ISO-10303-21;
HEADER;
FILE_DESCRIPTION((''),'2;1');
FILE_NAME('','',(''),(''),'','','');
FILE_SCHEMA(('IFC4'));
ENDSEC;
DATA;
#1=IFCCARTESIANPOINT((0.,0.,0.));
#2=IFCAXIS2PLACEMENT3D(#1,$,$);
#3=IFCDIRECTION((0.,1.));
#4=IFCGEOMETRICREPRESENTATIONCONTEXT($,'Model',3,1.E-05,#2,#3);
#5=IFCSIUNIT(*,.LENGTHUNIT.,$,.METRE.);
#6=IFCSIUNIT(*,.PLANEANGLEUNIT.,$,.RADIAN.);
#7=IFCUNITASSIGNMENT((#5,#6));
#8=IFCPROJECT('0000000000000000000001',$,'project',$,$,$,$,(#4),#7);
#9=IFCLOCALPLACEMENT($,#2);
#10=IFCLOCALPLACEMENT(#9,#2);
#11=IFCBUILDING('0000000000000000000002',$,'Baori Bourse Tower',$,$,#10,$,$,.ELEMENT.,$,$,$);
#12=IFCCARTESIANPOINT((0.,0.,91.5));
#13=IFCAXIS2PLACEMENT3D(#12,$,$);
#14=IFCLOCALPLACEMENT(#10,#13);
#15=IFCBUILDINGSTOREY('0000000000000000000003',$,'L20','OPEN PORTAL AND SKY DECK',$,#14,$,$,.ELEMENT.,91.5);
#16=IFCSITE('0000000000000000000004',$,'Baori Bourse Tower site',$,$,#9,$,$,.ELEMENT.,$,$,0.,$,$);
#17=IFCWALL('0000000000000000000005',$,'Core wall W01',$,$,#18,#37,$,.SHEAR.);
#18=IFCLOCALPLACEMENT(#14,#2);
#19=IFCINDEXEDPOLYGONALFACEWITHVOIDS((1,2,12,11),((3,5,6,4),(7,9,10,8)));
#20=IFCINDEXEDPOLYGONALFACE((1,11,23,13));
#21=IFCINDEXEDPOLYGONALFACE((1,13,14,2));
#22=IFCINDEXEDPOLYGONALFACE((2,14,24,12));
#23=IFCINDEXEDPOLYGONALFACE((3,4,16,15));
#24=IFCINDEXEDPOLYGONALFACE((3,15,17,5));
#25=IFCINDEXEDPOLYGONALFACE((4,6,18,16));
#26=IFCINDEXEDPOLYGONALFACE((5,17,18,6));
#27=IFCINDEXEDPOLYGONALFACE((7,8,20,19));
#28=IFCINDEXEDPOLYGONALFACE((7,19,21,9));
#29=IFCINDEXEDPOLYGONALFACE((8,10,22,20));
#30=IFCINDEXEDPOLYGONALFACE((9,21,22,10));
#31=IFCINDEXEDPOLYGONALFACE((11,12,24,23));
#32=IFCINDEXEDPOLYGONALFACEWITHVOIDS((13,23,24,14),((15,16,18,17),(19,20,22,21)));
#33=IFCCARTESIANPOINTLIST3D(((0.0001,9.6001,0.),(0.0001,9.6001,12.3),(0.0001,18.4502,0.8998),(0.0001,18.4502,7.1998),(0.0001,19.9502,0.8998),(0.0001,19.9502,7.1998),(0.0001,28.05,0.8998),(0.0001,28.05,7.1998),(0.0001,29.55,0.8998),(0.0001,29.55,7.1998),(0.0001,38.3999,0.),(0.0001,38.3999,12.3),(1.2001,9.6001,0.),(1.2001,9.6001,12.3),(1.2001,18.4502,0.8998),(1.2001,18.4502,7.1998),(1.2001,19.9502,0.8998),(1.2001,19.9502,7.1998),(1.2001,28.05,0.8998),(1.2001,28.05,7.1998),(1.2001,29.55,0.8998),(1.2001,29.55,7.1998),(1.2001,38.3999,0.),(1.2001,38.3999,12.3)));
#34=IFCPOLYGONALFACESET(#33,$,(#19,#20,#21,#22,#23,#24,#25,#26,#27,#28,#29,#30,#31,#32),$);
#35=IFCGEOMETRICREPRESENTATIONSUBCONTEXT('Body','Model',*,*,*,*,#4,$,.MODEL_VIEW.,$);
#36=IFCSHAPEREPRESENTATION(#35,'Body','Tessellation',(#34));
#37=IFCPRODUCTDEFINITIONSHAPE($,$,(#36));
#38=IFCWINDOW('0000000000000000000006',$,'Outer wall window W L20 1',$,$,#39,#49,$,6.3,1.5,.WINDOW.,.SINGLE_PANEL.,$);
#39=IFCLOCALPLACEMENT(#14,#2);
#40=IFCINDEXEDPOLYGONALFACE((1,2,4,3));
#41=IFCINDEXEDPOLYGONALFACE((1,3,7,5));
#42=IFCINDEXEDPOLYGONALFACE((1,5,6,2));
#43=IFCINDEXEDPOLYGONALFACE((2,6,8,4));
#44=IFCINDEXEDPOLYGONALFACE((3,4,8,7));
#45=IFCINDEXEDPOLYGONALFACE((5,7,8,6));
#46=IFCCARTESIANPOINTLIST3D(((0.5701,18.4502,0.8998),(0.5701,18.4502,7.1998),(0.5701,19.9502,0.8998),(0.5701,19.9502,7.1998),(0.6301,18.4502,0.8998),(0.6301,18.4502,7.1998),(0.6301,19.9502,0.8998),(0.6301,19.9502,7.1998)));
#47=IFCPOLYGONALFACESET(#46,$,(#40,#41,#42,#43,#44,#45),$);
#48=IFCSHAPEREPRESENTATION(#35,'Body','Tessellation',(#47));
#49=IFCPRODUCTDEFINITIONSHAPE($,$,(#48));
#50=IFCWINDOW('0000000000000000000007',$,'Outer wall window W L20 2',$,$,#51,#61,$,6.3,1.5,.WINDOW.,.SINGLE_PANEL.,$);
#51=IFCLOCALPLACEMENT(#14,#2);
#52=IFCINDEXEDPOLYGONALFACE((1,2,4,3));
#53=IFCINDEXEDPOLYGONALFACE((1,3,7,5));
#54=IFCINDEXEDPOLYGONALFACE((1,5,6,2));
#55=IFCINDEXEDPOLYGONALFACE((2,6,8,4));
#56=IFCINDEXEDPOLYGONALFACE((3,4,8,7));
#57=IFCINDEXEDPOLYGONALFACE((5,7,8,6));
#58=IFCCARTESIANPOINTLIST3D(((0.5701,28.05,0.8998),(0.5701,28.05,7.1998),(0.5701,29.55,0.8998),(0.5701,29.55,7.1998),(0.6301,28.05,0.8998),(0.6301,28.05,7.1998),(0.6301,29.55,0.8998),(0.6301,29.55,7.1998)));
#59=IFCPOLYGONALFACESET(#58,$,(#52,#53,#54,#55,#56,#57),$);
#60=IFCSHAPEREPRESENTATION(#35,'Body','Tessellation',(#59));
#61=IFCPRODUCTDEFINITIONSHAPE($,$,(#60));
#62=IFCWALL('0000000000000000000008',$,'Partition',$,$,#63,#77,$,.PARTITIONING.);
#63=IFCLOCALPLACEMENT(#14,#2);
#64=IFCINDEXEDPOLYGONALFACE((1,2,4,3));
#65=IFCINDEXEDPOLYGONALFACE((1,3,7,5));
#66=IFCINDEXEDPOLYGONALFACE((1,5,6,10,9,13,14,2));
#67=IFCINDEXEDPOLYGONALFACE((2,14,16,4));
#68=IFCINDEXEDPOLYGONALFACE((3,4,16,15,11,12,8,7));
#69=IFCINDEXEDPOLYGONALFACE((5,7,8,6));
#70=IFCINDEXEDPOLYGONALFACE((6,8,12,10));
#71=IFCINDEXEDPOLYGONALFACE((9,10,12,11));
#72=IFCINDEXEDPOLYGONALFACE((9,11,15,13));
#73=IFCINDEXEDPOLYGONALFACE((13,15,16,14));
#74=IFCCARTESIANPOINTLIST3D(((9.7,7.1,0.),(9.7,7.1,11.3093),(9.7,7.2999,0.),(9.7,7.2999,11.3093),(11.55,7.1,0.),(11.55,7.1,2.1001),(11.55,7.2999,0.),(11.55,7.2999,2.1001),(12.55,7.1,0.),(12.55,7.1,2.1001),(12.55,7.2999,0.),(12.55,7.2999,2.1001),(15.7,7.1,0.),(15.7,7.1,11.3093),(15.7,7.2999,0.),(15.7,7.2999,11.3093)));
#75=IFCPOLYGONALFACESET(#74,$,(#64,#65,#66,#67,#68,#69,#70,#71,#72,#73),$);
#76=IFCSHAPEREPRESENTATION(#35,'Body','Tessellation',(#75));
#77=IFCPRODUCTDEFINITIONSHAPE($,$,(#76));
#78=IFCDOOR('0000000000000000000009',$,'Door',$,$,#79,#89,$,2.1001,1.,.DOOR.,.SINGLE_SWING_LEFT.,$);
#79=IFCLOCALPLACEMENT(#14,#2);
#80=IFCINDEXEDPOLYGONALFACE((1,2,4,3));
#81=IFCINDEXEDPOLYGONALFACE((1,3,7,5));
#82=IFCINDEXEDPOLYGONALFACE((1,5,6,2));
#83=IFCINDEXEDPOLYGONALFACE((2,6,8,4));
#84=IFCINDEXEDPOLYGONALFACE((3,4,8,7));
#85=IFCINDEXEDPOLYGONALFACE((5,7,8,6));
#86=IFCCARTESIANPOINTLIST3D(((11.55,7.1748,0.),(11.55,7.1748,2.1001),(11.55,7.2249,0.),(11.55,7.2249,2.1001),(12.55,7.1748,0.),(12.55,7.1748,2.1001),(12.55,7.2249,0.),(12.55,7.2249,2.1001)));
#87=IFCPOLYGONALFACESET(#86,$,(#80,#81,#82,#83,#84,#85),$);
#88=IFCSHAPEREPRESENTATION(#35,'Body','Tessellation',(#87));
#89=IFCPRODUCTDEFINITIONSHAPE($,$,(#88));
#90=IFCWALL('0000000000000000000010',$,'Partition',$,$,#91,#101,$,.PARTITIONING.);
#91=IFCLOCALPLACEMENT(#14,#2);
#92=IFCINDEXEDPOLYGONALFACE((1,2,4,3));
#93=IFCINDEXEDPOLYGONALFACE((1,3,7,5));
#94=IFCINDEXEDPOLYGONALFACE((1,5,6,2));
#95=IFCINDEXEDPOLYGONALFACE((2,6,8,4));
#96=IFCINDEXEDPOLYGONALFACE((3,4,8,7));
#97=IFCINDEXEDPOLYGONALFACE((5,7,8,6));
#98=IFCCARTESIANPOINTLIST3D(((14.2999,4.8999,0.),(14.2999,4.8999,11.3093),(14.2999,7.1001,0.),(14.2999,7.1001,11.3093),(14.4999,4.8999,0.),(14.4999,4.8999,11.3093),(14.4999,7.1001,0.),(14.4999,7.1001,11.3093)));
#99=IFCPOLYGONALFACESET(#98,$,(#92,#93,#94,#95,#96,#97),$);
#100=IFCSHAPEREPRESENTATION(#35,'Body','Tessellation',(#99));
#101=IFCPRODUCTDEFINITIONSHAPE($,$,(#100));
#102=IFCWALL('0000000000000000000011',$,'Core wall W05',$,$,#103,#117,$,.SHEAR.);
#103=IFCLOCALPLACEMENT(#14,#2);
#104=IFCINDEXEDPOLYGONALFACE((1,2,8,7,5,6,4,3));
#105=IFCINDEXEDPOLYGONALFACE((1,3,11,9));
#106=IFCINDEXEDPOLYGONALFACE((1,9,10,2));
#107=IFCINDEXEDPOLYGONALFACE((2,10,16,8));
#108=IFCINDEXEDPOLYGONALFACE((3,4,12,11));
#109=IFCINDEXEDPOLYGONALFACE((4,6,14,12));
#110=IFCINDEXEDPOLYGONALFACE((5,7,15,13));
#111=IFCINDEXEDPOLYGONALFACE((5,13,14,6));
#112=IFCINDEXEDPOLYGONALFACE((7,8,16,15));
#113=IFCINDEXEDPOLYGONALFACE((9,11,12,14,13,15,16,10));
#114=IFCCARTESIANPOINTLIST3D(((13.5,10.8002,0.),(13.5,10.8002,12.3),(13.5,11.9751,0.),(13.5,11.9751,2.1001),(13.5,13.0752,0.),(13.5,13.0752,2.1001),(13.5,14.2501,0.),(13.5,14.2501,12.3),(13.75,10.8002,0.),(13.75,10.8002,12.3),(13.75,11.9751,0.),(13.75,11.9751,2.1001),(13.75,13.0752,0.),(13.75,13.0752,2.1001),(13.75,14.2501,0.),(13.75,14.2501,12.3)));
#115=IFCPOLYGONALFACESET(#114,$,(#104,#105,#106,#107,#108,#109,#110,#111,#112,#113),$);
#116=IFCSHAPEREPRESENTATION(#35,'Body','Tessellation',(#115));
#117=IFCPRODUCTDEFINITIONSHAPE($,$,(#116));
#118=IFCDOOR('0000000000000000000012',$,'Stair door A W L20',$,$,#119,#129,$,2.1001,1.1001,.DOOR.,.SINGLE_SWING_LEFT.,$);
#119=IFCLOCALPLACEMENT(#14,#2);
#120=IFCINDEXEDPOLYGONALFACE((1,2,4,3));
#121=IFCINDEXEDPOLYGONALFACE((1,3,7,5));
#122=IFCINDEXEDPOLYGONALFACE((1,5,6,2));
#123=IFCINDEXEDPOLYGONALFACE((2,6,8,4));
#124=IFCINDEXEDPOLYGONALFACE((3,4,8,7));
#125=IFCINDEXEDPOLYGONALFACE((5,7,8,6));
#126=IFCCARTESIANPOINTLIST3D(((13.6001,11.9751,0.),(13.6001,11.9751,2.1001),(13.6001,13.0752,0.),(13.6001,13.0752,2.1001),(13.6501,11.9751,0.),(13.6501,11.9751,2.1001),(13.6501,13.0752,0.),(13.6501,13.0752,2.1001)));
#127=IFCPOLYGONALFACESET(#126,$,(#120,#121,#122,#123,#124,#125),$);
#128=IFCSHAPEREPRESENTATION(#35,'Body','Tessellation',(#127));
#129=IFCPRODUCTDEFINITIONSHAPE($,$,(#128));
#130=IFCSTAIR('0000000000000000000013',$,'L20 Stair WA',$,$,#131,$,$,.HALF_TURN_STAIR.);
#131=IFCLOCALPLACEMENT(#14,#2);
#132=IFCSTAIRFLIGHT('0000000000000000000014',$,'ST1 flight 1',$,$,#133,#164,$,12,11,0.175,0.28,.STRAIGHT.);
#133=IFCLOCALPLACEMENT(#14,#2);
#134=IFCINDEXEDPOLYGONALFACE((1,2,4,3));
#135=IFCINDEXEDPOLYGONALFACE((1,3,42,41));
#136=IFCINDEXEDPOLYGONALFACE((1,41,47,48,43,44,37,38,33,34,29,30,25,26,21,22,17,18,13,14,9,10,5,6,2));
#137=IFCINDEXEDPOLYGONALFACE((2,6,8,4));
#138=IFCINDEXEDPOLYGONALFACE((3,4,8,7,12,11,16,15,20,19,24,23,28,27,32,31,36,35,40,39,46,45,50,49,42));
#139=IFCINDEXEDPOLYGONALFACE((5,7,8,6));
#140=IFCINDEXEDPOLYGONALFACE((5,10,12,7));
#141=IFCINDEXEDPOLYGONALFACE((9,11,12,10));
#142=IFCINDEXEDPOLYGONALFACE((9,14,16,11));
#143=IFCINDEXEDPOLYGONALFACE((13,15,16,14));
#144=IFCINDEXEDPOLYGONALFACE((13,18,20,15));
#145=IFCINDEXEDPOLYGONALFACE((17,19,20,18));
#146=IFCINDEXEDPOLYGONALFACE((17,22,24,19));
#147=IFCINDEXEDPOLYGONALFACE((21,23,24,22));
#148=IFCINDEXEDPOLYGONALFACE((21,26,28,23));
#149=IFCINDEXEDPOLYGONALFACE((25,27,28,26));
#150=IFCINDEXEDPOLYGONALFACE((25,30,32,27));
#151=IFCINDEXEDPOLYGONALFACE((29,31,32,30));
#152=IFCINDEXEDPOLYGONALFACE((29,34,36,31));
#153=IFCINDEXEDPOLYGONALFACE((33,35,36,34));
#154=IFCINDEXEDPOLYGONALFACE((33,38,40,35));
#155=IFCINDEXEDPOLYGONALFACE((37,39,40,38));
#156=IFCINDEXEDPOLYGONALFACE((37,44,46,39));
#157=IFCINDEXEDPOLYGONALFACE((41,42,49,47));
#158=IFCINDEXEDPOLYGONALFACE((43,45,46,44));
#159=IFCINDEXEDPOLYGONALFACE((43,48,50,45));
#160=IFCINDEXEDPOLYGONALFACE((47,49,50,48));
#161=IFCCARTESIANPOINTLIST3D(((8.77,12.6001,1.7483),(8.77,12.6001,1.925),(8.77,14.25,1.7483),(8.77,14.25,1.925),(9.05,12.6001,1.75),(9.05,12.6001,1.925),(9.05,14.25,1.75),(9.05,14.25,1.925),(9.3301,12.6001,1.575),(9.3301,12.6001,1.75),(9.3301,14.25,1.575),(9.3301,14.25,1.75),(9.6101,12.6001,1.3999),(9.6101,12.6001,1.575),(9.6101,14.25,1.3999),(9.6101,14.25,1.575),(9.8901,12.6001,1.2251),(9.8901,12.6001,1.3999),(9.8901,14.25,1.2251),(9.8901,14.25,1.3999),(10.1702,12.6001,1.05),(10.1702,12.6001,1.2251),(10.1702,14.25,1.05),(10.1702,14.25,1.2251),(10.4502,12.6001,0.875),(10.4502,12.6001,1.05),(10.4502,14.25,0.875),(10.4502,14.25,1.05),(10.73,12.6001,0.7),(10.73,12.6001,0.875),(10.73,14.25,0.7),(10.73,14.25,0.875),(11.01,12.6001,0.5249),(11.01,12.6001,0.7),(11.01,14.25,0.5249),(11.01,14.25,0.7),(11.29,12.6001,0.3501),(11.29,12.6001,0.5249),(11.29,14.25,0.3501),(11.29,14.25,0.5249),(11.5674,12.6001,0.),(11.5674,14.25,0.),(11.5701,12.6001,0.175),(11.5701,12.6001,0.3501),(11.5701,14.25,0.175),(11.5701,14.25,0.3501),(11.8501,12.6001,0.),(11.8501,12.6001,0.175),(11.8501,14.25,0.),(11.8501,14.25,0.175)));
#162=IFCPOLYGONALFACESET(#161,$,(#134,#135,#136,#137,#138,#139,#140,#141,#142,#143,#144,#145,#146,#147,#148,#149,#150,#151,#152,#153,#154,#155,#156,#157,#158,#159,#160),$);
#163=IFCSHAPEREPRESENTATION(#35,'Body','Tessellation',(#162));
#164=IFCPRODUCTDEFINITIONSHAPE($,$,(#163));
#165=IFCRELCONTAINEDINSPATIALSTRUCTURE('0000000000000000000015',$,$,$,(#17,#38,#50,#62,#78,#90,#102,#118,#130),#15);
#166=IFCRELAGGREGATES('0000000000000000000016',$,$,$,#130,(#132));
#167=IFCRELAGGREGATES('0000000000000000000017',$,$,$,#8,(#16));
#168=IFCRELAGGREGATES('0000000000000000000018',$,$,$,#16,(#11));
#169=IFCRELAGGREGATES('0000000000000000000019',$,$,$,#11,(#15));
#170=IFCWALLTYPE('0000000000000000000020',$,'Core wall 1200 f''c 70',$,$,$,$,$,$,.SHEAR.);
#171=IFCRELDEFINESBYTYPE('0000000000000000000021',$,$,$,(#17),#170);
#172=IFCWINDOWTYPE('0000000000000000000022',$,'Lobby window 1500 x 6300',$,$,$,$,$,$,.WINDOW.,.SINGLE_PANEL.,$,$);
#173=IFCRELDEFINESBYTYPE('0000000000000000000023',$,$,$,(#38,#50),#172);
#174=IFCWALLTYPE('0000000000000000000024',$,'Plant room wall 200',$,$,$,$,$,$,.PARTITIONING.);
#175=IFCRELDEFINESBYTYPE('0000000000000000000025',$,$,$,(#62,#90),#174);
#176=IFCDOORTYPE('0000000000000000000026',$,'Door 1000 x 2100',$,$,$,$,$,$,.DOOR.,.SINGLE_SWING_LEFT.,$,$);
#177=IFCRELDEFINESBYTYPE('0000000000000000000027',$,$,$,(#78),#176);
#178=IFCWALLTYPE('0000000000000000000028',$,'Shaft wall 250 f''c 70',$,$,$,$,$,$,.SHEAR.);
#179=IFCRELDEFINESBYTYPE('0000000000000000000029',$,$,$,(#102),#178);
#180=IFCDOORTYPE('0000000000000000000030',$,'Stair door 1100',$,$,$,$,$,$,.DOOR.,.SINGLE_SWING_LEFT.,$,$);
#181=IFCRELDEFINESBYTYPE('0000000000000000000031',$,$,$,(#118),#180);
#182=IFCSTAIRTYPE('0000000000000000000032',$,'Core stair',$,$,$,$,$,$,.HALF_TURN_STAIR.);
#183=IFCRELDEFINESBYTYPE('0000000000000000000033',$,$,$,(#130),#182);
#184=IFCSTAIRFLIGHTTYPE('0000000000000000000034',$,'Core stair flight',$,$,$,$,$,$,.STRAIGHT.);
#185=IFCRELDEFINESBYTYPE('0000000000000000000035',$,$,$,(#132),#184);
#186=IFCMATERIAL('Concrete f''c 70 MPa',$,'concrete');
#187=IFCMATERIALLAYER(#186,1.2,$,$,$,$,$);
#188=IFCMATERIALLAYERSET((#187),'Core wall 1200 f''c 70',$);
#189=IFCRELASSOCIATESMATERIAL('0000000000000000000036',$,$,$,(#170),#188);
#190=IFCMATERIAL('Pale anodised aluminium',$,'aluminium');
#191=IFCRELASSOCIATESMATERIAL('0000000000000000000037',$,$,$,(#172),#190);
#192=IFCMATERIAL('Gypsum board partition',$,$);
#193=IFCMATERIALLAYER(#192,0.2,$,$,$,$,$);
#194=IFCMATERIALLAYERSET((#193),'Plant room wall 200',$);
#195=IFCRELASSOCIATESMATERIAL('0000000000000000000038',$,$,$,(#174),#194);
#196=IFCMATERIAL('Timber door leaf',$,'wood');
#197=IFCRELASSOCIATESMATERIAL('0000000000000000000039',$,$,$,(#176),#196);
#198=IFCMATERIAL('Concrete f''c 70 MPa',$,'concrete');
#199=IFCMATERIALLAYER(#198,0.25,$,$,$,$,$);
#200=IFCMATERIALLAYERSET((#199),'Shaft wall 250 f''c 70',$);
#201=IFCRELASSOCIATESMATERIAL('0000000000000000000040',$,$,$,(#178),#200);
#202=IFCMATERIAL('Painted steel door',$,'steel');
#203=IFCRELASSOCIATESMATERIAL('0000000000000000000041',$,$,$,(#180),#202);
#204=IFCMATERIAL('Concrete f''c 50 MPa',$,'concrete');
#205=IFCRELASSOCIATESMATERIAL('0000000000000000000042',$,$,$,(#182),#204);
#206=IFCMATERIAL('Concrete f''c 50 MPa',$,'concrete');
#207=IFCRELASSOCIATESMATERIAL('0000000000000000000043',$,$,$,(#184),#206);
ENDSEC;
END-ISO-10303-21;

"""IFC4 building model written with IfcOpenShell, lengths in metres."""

from ifc_helpers import new_model, si_unit, direction, frame, frame_2d, origin, place, context, subcontext, project, spatial, polyline, rectangle, outline, extrude, material, layer, layer_set, type_object, element, fill, aggregate, save


model = new_model("IFC4")

# Units and contexts
model_context = context("Model", 3, precision=1e-05, world=origin(), true_north=direction((0.0, 1.0)))
body_context = subcontext(model_context, "Body", "Model", "MODEL_VIEW")
ifc_project = project(units=[si_unit("LENGTHUNIT", "METRE"), si_unit("PLANEANGLEUNIT", "RADIAN")], contexts=[model_context])

# Site, building, storey
site_placement = place(None, origin())
site = spatial("IfcSite", under=ifc_project, at=site_placement, Name="Baori Bourse Tower site", CompositionType="ELEMENT", RefElevation=0.0)
building_placement = place(site_placement, origin())
building = spatial("IfcBuilding", under=site, at=building_placement, Name="Baori Bourse Tower", CompositionType="ELEMENT")
storey_placement = place(building_placement, frame((0.0, 0.0, 91.5)))
storey = spatial("IfcBuildingStorey", under=building, at=storey_placement, Name="L20", Description="OPEN PORTAL AND SKY DECK", CompositionType="ELEMENT", Elevation=91.5)

# Wall, openings, windows
ifc_material_1 = material(Name="Concrete f'c 70 MPa", Category="concrete")
ifc_layer_1 = layer(ifc_material_1, 1.2)
ifc_layer_set_1 = layer_set([ifc_layer_1], Name="Core wall 1200 f'c 70")
wall_type_1 = type_object("IfcWallType", Name="Core wall 1200 f'c 70", PredefinedType="SHEAR", material=ifc_layer_set_1)
wall_1_placement = place(storey_placement, frame((0.6001, 9.6001, 0.0), z_axis=(0.0, 0.0, 1.0), x_axis=(0.0, 1.0, 0.0)))
wall_1 = element("IfcWall", 1, at=wall_1_placement, inside=storey, type_object=wall_type_1, Name="Core wall W01", PredefinedType="SHEAR", context=body_context, shape_type="SweptSolid", body=[
    extrude(rectangle(XDim=28.7998, YDim=1.2, at=frame_2d((14.3999, 0.0))), origin(), (0.0, 0.0, 1.0), 12.3),
])
opening_1_placement = place(wall_1_placement, frame((8.8501, 0.0, 0.8999)))
opening_1 = element("IfcOpeningElement", 2, at=opening_1_placement, cuts=wall_1, PredefinedType="OPENING", context=body_context, shape_type="SweptSolid", body=[
    extrude(rectangle(XDim=1.5, YDim=6.3, at=frame_2d((0.75, 3.1499))), frame((0.0, 0.6099, 0.0), z_axis=(0.0, -1.0, 0.0), x_axis=(1.0, 0.0, 0.0)), (0.0, 0.0, 1.0), 1.22),
])
opening_2_placement = place(wall_1_placement, frame((18.45, 0.0, 0.8999)))
opening_2 = element("IfcOpeningElement", 3, at=opening_2_placement, cuts=wall_1, PredefinedType="OPENING", context=body_context, shape_type="SweptSolid", body=[
    extrude(rectangle(XDim=1.5, YDim=6.3, at=frame_2d((0.75, 3.1499))), frame((0.0, 0.6099, 0.0), z_axis=(0.0, -1.0, 0.0), x_axis=(1.0, 0.0, 0.0)), (0.0, 0.0, 1.0), 1.22),
])
ifc_material_2 = material(Name="Pale anodised aluminium", Category="aluminium")
window_type = type_object("IfcWindowType", Name="Lobby window 1500 x 6300", PartitioningType="SINGLE_PANEL", PredefinedType="WINDOW", material=ifc_material_2)
window_1_placement = place(opening_1_placement, origin())
window_1 = element("IfcWindow", 4, at=window_1_placement, inside=storey, type_object=window_type, Name="Outer wall window W L20 1", OverallHeight=6.3, OverallWidth=1.5, PartitioningType="SINGLE_PANEL", PredefinedType="WINDOW", context=body_context, shape_type="SweptSolid", body=[
    extrude(rectangle(XDim=1.5, YDim=6.3, at=frame_2d((0.75, 3.1499))), frame((0.0, 0.03, 0.0), z_axis=(0.0, -1.0, 0.0), x_axis=(1.0, 0.0, 0.0)), (0.0, 0.0, 1.0), 0.0601),
])
fill(opening_1, window_1)
window_2_placement = place(opening_2_placement, origin())
window_2 = element("IfcWindow", 5, at=window_2_placement, inside=storey, type_object=window_type, Name="Outer wall window W L20 2", OverallHeight=6.3, OverallWidth=1.5, PartitioningType="SINGLE_PANEL", PredefinedType="WINDOW", context=body_context, shape_type="SweptSolid", body=[
    extrude(rectangle(XDim=1.5, YDim=6.3, at=frame_2d((0.75, 3.1499))), frame((0.0, 0.03, 0.0), z_axis=(0.0, -1.0, 0.0), x_axis=(1.0, 0.0, 0.0)), (0.0, 0.0, 1.0), 0.0601),
])
fill(opening_2, window_2)

# Wall, opening, door
ifc_material_3 = material(Name="Gypsum board partition")
ifc_layer_2 = layer(ifc_material_3, 0.2)
ifc_layer_set_2 = layer_set([ifc_layer_2], Name="Plant room wall 200")
wall_type_2 = type_object("IfcWallType", Name="Plant room wall 200", PredefinedType="PARTITIONING", material=ifc_layer_set_2)
wall_2_placement = place(storey_placement, frame((9.7, 7.2, 0.0), z_axis=(0.0, 0.0, 1.0), x_axis=(1.0, 0.0, 0.0)))
wall_2 = element("IfcWall", 6, at=wall_2_placement, inside=storey, type_object=wall_type_2, Name="Partition", PredefinedType="PARTITIONING", context=body_context, shape_type="SweptSolid", body=[
    extrude(rectangle(XDim=6.0, YDim=0.2, at=frame_2d((3.0, 0.0))), origin(), (0.0, 0.0, 1.0), 11.3093),
])
opening_3_placement = place(wall_2_placement, frame((1.8501, 0.0, 0.0)))
opening_3 = element("IfcOpeningElement", 7, at=opening_3_placement, cuts=wall_2, PredefinedType="OPENING", context=body_context, shape_type="SweptSolid", body=[
    extrude(rectangle(XDim=1.0, YDim=2.1001, at=frame_2d((0.5, 1.05))), frame((0.0, 0.1099, 0.0), z_axis=(0.0, -1.0, 0.0), x_axis=(1.0, 0.0, 0.0)), (0.0, 0.0, 1.0), 0.22),
])
ifc_material_4 = material(Name="Timber door leaf", Category="wood")
door_type_1 = type_object("IfcDoorType", Name="Door 1000 x 2100", OperationType="SINGLE_SWING_LEFT", PredefinedType="DOOR", material=ifc_material_4)
door_1_placement = place(opening_3_placement, origin())
door_1 = element("IfcDoor", 8, at=door_1_placement, inside=storey, type_object=door_type_1, Name="Door", OperationType="SINGLE_SWING_LEFT", OverallHeight=2.1001, OverallWidth=1.0, PredefinedType="DOOR", context=body_context, shape_type="SweptSolid", body=[
    extrude(rectangle(XDim=1.0, YDim=2.1001, at=frame_2d((0.5, 1.05))), frame((0.0, 0.0249, 0.0), z_axis=(0.0, -1.0, 0.0), x_axis=(1.0, 0.0, 0.0)), (0.0, 0.0, 1.0), 0.05),
])
fill(opening_3, door_1)

# Wall
wall_3_placement = place(storey_placement, frame((14.3999, 4.8999, 0.0), z_axis=(0.0, 0.0, 1.0), x_axis=(0.0, 1.0, 0.0)))
element("IfcWall", 9, at=wall_3_placement, inside=storey, type_object=wall_type_2, Name="Partition", PredefinedType="PARTITIONING", context=body_context, shape_type="SweptSolid", body=[
    extrude(rectangle(XDim=2.2002, YDim=0.2, at=frame_2d((1.1001, 0.0))), origin(), (0.0, 0.0, 1.0), 11.3093),
])

# Wall, opening, door
ifc_material_5 = material(Name="Concrete f'c 70 MPa", Category="concrete")
ifc_layer_3 = layer(ifc_material_5, 0.25)
ifc_layer_set_3 = layer_set([ifc_layer_3], Name="Shaft wall 250 f'c 70")
wall_type_3 = type_object("IfcWallType", Name="Shaft wall 250 f'c 70", PredefinedType="SHEAR", material=ifc_layer_set_3)
wall_4_placement = place(storey_placement, frame((13.625, 10.8, 0.0), z_axis=(0.0, 0.0, 1.0), x_axis=(0.0, 1.0, 0.0)))
wall_4 = element("IfcWall", 10, at=wall_4_placement, inside=storey, type_object=wall_type_3, Name="Core wall W05", PredefinedType="SHEAR", context=body_context, shape_type="SweptSolid", body=[
    extrude(rectangle(XDim=3.45, YDim=0.25, at=frame_2d((1.7251, 0.0))), origin(), (0.0, 0.0, 1.0), 12.3),
])
opening_4_placement = place(wall_4_placement, frame((1.175, 0.0, 0.0)))
opening_4 = element("IfcOpeningElement", 11, at=opening_4_placement, cuts=wall_4, PredefinedType="OPENING", context=body_context, shape_type="SweptSolid", body=[
    extrude(rectangle(XDim=1.1001, YDim=2.1001, at=frame_2d((0.55, 1.05))), frame((0.0, 0.135, 0.0), z_axis=(0.0, -1.0, 0.0), x_axis=(1.0, 0.0, 0.0)), (0.0, 0.0, 1.0), 0.27),
])
ifc_material_6 = material(Name="Painted steel door", Category="steel")
door_type_2 = type_object("IfcDoorType", Name="Stair door 1100", OperationType="SINGLE_SWING_LEFT", PredefinedType="DOOR", material=ifc_material_6)
door_2_placement = place(opening_4_placement, origin())
door_2 = element("IfcDoor", 12, at=door_2_placement, inside=storey, type_object=door_type_2, Name="Stair door A W L20", OperationType="SINGLE_SWING_LEFT", OverallHeight=2.1001, OverallWidth=1.1001, PredefinedType="DOOR", context=body_context, shape_type="SweptSolid", body=[
    extrude(rectangle(XDim=1.1001, YDim=2.1001, at=frame_2d((0.55, 1.05))), frame((0.0, 0.0249, 0.0), z_axis=(0.0, -1.0, 0.0), x_axis=(1.0, 0.0, 0.0)), (0.0, 0.0, 1.0), 0.05),
])
fill(opening_4, door_2)

# Stair, stair flight
ifc_material_7 = material(Name="Concrete f'c 50 MPa", Category="concrete")
stair_type = type_object("IfcStairType", Name="Core stair", PredefinedType="HALF_TURN_STAIR", material=ifc_material_7)
stair_placement = place(storey_placement, origin())
stair = element("IfcStair", 13, at=stair_placement, inside=storey, type_object=stair_type, Name="L20 Stair WA", PredefinedType="HALF_TURN_STAIR")
ifc_material_8 = material(Name="Concrete f'c 50 MPa", Category="concrete")
stair_flight_type = type_object("IfcStairFlightType", Name="Core stair flight", PredefinedType="STRAIGHT", material=ifc_material_8)
stair_flight_1_placement = place(storey_placement, frame((11.8501, 13.425, 0.0), z_axis=(0.0, 0.0, 1.0), x_axis=(-1.0, 0.0, 0.0)))
stair_flight_1 = element("IfcStairFlight", 14, at=stair_flight_1_placement, type_object=stair_flight_type, Name="ST1 flight 1", NumberOfRisers=12, NumberOfTreads=11, PredefinedType="STRAIGHT", RiserHeight=0.175, TreadLength=0.28, context=body_context, shape_type="SweptSolid", body=[
    extrude(outline(polyline([(0.0, 0.0), (0.0, 0.175), (0.28, 0.175), (0.28, 0.3501), (0.5601, 0.3501), (0.5601, 0.5249), (0.8401, 0.5249), (0.8401, 0.7), (1.1201, 0.7), (1.1201, 0.875), (1.3999, 0.875), (1.3999, 1.05), (1.6799, 1.05), (1.6799, 1.2251), (1.96, 1.2251), (1.96, 1.3999), (2.24, 1.3999), (2.24, 1.575), (2.52, 1.575), (2.52, 1.75), (2.8, 1.75), (2.8, 1.925), (3.0801, 1.925), (3.0801, 2.1001), (3.0801, 1.7483), (0.2827, 0.0), (0.0, 0.0)])), frame((0.0, 0.825, 0.0), z_axis=(0.0, -1.0, 0.0), x_axis=(1.0, 0.0, 0.0)), (0.0, 0.0, 1.0), 1.6499),
])
aggregate(stair, [stair_flight_1])

save(model, "model.ifc")
